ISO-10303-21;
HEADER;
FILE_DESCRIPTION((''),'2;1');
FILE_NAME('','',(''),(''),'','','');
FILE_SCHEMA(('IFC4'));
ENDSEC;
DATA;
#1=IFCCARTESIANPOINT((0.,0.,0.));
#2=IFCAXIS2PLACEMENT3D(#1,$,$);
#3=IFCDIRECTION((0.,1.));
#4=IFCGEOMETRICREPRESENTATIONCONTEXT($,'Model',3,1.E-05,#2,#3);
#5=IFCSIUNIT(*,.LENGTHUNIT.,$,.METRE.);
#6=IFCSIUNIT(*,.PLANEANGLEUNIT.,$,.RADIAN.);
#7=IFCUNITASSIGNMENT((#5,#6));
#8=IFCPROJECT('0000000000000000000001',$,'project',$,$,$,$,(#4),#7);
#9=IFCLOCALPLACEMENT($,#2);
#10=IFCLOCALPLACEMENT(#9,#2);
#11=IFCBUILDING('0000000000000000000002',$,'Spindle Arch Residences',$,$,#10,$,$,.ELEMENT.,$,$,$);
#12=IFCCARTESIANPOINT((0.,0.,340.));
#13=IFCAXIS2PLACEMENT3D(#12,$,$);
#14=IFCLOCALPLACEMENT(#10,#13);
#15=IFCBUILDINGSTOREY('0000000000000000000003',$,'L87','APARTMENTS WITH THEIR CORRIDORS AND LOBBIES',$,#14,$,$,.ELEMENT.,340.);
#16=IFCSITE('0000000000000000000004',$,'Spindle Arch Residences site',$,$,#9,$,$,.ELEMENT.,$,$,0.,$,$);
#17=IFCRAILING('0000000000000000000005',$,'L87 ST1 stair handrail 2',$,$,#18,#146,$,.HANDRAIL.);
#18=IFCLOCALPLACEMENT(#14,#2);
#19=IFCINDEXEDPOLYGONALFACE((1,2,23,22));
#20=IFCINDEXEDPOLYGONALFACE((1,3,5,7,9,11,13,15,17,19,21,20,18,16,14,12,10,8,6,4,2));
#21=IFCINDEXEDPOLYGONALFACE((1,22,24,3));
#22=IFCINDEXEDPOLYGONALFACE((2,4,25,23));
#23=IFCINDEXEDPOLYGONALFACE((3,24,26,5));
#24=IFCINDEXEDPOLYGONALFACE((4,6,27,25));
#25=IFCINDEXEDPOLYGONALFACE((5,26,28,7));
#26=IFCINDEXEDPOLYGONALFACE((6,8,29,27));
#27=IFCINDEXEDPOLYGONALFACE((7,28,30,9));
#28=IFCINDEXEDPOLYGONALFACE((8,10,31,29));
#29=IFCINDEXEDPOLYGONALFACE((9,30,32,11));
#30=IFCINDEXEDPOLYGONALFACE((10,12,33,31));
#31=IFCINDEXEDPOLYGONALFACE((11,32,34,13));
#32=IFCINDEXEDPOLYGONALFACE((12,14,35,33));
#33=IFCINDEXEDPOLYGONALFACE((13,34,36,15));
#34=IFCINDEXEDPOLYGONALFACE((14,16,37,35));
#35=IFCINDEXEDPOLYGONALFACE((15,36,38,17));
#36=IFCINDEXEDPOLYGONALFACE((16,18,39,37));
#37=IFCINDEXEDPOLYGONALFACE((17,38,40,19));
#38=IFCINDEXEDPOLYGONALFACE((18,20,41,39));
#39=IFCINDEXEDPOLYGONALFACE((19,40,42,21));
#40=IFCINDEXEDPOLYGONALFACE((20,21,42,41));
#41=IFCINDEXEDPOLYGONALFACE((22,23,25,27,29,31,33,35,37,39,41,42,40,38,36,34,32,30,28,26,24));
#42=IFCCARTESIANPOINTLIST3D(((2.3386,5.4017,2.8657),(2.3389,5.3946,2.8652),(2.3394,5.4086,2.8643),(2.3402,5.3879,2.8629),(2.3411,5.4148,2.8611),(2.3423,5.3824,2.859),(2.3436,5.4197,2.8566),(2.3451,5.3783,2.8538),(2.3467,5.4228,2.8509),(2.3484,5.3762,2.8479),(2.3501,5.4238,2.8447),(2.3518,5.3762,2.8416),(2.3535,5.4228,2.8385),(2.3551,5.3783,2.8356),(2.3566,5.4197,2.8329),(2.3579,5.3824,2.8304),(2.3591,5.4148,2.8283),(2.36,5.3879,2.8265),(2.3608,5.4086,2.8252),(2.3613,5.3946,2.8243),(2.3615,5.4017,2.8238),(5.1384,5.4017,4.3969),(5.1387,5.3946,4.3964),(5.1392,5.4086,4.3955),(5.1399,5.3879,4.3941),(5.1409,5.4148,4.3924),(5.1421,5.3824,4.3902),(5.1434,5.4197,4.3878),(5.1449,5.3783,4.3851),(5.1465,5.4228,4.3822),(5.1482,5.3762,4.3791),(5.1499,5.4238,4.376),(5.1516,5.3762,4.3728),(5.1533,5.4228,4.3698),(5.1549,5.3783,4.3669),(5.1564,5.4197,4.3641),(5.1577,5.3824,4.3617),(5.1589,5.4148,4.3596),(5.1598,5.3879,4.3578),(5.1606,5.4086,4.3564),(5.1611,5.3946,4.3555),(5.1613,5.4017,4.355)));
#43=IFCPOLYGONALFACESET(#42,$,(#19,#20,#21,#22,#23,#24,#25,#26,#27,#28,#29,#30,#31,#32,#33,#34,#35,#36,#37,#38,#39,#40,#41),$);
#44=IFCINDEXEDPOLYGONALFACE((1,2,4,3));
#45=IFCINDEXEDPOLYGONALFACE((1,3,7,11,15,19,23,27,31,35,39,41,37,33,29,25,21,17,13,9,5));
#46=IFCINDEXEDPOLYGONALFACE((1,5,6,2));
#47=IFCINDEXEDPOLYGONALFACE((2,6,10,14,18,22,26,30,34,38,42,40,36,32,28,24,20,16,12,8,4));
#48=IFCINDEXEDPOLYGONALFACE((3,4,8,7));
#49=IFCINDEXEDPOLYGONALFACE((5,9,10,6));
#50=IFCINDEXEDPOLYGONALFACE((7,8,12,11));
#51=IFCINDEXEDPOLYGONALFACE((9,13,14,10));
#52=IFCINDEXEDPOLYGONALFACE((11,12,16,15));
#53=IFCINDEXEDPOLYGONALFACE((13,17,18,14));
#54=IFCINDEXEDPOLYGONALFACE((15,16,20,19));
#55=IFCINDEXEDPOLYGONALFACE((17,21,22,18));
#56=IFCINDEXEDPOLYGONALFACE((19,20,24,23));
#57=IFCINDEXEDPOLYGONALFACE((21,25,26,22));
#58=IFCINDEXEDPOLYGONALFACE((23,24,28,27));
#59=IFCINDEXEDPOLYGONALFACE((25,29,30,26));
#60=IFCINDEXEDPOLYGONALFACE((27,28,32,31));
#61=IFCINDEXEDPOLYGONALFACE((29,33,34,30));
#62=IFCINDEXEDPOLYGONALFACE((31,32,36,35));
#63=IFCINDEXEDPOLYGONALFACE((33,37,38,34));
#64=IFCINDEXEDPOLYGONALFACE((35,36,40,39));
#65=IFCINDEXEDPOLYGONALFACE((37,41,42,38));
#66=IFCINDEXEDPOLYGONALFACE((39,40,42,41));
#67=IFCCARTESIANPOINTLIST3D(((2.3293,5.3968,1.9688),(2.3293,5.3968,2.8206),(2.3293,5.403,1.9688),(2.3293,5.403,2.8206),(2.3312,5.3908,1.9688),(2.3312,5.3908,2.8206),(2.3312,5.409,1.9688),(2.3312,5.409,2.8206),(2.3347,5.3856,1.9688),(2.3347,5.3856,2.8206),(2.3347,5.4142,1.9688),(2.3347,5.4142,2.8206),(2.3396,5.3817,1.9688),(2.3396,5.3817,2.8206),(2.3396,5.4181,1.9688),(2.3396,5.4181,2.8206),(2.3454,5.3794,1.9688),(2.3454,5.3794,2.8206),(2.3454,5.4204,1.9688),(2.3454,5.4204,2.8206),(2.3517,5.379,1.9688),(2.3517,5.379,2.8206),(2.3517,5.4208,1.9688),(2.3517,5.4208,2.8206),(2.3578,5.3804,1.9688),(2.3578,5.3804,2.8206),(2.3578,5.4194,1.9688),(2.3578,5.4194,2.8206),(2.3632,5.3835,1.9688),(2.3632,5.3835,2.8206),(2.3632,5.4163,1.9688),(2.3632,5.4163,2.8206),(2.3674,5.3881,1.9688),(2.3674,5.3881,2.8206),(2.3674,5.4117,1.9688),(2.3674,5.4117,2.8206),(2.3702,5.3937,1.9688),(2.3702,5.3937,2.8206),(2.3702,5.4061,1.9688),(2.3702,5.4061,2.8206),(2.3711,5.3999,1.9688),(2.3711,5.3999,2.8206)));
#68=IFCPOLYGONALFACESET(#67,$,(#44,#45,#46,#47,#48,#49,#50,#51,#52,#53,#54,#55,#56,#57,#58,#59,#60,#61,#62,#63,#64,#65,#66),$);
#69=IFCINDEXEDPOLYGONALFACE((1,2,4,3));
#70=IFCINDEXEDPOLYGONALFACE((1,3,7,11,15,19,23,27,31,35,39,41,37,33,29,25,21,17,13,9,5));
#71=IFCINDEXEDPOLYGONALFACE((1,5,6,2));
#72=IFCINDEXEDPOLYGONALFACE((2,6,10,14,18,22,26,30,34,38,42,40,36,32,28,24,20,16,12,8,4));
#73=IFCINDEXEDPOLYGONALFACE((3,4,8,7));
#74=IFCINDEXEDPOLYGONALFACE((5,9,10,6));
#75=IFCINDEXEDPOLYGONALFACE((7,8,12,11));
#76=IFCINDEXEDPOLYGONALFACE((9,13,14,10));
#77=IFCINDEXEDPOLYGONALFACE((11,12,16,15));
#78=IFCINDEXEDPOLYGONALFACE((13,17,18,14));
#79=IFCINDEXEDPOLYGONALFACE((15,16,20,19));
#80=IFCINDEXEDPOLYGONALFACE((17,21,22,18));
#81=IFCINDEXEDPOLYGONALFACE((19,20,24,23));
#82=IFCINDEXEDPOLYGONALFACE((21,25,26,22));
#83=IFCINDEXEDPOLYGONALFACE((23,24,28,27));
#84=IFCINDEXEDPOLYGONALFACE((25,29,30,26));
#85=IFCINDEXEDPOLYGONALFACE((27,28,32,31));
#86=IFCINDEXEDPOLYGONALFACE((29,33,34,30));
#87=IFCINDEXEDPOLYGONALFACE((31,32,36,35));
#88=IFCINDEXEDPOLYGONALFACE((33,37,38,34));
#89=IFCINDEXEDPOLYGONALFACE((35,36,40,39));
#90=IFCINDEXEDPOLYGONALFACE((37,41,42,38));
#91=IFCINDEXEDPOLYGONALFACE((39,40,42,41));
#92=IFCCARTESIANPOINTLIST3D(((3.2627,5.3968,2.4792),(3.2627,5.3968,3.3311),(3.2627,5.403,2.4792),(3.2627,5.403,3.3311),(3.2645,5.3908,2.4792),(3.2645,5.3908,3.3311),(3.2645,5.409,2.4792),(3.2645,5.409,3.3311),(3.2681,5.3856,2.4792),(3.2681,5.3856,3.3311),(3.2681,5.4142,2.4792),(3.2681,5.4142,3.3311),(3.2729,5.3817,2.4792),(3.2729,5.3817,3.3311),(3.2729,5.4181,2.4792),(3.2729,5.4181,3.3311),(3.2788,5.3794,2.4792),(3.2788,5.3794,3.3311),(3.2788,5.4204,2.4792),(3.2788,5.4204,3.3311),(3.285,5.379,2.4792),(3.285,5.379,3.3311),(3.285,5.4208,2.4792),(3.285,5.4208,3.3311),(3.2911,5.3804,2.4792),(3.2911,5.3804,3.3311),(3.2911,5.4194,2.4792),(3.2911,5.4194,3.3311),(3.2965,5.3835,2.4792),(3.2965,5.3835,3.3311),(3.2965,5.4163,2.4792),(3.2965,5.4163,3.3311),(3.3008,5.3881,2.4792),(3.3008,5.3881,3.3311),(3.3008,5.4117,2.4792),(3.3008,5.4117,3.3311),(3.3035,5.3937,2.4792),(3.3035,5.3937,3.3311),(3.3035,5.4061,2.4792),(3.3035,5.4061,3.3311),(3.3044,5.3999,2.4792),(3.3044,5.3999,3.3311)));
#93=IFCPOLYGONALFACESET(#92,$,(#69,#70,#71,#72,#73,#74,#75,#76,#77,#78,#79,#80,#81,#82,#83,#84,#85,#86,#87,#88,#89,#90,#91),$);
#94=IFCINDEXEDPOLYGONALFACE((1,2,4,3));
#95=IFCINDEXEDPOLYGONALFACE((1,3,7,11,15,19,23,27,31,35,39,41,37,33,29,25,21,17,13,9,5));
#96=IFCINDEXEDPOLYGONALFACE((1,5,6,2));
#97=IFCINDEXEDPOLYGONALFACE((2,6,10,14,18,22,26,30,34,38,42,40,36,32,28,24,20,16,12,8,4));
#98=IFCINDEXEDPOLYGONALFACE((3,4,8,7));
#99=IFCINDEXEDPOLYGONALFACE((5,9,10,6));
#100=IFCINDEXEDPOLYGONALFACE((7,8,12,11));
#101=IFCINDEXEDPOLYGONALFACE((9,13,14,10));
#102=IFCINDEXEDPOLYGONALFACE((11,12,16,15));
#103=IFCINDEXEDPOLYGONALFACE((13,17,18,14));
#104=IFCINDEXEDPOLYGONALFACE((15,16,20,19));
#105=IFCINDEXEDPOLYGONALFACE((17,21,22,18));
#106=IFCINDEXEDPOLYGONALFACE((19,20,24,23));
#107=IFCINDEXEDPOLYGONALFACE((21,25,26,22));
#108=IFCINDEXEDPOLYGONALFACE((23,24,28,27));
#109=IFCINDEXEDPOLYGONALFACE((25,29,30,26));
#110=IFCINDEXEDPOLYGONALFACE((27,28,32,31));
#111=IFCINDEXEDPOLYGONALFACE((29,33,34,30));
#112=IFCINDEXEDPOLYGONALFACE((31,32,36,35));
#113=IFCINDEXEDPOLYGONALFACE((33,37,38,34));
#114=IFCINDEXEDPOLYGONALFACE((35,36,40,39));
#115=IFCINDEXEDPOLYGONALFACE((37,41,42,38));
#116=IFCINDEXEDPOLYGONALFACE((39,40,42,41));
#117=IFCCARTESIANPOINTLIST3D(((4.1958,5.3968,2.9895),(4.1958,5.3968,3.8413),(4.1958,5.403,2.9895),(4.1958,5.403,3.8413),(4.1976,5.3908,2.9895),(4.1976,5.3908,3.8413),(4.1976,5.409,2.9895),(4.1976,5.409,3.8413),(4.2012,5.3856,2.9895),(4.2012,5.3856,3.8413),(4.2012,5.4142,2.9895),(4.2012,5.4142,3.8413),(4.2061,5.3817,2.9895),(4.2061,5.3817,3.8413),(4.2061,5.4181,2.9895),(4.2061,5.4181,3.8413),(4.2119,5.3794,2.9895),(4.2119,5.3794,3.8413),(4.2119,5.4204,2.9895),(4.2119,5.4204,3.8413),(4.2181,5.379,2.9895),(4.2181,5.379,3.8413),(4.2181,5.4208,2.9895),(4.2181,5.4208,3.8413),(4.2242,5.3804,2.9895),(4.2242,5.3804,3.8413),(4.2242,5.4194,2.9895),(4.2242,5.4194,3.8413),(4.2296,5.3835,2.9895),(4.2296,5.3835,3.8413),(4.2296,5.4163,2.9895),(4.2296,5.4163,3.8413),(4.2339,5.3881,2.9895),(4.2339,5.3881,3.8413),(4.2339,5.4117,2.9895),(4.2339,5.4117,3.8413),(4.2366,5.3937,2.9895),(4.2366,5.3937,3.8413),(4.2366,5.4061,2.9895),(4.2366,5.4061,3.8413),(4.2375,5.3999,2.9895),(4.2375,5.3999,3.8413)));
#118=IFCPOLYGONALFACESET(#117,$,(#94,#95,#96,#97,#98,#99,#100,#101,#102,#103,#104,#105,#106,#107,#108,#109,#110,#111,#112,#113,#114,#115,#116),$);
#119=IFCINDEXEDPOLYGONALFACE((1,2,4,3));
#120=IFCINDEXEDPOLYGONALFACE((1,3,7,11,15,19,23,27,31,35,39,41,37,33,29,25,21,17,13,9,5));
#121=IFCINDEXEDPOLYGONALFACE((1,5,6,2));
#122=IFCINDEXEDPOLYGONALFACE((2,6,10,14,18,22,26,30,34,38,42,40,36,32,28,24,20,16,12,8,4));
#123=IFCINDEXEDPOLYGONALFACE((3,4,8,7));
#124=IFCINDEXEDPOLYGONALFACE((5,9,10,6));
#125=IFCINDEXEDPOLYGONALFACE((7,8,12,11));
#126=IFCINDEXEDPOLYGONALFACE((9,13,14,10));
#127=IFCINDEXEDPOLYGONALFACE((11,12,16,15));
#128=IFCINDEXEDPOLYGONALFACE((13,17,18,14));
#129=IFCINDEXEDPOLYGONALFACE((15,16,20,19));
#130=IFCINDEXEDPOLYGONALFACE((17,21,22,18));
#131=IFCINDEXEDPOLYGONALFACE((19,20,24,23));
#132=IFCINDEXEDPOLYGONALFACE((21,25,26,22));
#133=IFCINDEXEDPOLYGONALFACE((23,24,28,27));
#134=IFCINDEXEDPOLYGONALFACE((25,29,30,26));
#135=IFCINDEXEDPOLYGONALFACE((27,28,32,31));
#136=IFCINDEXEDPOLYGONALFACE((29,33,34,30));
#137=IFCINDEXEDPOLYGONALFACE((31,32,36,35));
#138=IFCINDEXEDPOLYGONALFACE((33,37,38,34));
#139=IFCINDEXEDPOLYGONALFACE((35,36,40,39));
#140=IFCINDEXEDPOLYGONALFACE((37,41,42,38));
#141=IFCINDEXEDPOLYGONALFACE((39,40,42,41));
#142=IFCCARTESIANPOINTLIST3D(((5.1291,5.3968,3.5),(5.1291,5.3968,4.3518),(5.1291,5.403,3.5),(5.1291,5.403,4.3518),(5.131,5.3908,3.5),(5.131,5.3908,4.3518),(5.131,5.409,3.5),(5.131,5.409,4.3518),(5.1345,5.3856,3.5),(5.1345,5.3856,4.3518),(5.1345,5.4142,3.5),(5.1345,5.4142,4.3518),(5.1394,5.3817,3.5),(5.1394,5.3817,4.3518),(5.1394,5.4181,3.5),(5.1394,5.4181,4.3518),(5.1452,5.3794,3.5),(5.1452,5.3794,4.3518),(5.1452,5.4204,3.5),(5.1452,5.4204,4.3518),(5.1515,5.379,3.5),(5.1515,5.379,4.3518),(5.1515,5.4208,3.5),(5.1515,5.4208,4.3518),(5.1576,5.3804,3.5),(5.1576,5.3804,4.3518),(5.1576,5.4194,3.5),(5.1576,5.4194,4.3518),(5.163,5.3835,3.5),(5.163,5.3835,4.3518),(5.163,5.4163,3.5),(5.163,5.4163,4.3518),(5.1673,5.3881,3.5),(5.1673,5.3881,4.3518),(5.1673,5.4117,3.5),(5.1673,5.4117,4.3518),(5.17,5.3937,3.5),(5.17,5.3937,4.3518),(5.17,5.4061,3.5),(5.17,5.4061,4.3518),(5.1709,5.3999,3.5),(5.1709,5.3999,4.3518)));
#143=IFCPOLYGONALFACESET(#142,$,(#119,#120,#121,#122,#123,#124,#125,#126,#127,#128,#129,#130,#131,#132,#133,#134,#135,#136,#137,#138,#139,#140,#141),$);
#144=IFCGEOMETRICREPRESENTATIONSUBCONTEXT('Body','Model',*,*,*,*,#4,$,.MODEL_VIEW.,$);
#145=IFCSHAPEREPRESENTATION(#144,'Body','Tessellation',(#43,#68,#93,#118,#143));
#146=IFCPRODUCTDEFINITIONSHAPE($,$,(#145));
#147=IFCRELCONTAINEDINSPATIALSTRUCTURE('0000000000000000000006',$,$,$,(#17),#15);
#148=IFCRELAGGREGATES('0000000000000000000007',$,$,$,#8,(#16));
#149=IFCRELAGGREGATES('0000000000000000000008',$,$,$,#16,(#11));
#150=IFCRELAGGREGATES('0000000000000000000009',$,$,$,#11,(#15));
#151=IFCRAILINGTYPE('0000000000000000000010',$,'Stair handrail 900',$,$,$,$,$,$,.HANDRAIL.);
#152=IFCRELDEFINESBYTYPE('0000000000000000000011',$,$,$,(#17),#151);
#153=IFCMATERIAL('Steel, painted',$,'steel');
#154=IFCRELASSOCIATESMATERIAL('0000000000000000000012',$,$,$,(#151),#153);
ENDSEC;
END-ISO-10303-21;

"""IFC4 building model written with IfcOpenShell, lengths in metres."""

from ifc_helpers import new_model, si_unit, direction, frame, origin, origin_2d, place, context, subcontext, project, spatial, circle, extrude, material, type_object, element, save


model = new_model("IFC4")

# Units and contexts
model_context = context("Model", 3, precision=1e-05, world=origin(), true_north=direction((0.0, 1.0)))
body_context = subcontext(model_context, "Body", "Model", "MODEL_VIEW")
ifc_project = project(units=[si_unit("LENGTHUNIT", "METRE"), si_unit("PLANEANGLEUNIT", "RADIAN")], contexts=[model_context])

# Site, building, storey
site_placement = place(None, origin())
site = spatial("IfcSite", under=ifc_project, at=site_placement, Name="Spindle Arch Residences site", CompositionType="ELEMENT", RefElevation=0.0)
building_placement = place(site_placement, origin())
building = spatial("IfcBuilding", under=site, at=building_placement, Name="Spindle Arch Residences", CompositionType="ELEMENT")
storey_placement = place(building_placement, frame((0.0, 0.0, 340.0)))
storey = spatial("IfcBuildingStorey", under=building, at=storey_placement, Name="L87", Description="APARTMENTS WITH THEIR CORRIDORS AND LOBBIES", CompositionType="ELEMENT", Elevation=340.0)

# Railing
ifc_material_1 = material(Name="Steel, painted", Category="steel")
railing_type_1 = type_object("IfcRailingType", Name="Stair handrail 900", PredefinedType="HANDRAIL", material=ifc_material_1)
railing_1_placement = place(storey_placement, frame((2.3501, 5.3999, 1.9688)))
element("IfcRailing", 1, at=railing_1_placement, inside=storey, type_object=railing_type_1, Name="L87 ST1 stair handrail 2", PredefinedType="HANDRAIL", context=body_context, shape_type="SweptSolid", body=[
    extrude(circle(Radius=0.0239, at=origin_2d()), frame((0.0, 0.0, 0.876), z_axis=(0.877357, 0.0, 0.479838), x_axis=(0.0, 1.0, 0.0)), (0.0, 0.0, 1.0), 3.1912),
    extrude(circle(Radius=0.021, at=origin_2d()), origin(), (0.0, 0.0, 1.0), 0.8518),
    extrude(circle(Radius=0.021, at=origin_2d()), frame((0.9333, 0.0, 0.5105)), (0.0, 0.0, 1.0), 0.8518),
    extrude(circle(Radius=0.021, at=origin_2d()), frame((1.8665, 0.0, 1.0208)), (0.0, 0.0, 1.0), 0.8518),
    extrude(circle(Radius=0.021, at=origin_2d()), frame((2.7998, 0.0, 1.5312)), (0.0, 0.0, 1.0), 0.8518),
])

save(model, "model.ifc")
